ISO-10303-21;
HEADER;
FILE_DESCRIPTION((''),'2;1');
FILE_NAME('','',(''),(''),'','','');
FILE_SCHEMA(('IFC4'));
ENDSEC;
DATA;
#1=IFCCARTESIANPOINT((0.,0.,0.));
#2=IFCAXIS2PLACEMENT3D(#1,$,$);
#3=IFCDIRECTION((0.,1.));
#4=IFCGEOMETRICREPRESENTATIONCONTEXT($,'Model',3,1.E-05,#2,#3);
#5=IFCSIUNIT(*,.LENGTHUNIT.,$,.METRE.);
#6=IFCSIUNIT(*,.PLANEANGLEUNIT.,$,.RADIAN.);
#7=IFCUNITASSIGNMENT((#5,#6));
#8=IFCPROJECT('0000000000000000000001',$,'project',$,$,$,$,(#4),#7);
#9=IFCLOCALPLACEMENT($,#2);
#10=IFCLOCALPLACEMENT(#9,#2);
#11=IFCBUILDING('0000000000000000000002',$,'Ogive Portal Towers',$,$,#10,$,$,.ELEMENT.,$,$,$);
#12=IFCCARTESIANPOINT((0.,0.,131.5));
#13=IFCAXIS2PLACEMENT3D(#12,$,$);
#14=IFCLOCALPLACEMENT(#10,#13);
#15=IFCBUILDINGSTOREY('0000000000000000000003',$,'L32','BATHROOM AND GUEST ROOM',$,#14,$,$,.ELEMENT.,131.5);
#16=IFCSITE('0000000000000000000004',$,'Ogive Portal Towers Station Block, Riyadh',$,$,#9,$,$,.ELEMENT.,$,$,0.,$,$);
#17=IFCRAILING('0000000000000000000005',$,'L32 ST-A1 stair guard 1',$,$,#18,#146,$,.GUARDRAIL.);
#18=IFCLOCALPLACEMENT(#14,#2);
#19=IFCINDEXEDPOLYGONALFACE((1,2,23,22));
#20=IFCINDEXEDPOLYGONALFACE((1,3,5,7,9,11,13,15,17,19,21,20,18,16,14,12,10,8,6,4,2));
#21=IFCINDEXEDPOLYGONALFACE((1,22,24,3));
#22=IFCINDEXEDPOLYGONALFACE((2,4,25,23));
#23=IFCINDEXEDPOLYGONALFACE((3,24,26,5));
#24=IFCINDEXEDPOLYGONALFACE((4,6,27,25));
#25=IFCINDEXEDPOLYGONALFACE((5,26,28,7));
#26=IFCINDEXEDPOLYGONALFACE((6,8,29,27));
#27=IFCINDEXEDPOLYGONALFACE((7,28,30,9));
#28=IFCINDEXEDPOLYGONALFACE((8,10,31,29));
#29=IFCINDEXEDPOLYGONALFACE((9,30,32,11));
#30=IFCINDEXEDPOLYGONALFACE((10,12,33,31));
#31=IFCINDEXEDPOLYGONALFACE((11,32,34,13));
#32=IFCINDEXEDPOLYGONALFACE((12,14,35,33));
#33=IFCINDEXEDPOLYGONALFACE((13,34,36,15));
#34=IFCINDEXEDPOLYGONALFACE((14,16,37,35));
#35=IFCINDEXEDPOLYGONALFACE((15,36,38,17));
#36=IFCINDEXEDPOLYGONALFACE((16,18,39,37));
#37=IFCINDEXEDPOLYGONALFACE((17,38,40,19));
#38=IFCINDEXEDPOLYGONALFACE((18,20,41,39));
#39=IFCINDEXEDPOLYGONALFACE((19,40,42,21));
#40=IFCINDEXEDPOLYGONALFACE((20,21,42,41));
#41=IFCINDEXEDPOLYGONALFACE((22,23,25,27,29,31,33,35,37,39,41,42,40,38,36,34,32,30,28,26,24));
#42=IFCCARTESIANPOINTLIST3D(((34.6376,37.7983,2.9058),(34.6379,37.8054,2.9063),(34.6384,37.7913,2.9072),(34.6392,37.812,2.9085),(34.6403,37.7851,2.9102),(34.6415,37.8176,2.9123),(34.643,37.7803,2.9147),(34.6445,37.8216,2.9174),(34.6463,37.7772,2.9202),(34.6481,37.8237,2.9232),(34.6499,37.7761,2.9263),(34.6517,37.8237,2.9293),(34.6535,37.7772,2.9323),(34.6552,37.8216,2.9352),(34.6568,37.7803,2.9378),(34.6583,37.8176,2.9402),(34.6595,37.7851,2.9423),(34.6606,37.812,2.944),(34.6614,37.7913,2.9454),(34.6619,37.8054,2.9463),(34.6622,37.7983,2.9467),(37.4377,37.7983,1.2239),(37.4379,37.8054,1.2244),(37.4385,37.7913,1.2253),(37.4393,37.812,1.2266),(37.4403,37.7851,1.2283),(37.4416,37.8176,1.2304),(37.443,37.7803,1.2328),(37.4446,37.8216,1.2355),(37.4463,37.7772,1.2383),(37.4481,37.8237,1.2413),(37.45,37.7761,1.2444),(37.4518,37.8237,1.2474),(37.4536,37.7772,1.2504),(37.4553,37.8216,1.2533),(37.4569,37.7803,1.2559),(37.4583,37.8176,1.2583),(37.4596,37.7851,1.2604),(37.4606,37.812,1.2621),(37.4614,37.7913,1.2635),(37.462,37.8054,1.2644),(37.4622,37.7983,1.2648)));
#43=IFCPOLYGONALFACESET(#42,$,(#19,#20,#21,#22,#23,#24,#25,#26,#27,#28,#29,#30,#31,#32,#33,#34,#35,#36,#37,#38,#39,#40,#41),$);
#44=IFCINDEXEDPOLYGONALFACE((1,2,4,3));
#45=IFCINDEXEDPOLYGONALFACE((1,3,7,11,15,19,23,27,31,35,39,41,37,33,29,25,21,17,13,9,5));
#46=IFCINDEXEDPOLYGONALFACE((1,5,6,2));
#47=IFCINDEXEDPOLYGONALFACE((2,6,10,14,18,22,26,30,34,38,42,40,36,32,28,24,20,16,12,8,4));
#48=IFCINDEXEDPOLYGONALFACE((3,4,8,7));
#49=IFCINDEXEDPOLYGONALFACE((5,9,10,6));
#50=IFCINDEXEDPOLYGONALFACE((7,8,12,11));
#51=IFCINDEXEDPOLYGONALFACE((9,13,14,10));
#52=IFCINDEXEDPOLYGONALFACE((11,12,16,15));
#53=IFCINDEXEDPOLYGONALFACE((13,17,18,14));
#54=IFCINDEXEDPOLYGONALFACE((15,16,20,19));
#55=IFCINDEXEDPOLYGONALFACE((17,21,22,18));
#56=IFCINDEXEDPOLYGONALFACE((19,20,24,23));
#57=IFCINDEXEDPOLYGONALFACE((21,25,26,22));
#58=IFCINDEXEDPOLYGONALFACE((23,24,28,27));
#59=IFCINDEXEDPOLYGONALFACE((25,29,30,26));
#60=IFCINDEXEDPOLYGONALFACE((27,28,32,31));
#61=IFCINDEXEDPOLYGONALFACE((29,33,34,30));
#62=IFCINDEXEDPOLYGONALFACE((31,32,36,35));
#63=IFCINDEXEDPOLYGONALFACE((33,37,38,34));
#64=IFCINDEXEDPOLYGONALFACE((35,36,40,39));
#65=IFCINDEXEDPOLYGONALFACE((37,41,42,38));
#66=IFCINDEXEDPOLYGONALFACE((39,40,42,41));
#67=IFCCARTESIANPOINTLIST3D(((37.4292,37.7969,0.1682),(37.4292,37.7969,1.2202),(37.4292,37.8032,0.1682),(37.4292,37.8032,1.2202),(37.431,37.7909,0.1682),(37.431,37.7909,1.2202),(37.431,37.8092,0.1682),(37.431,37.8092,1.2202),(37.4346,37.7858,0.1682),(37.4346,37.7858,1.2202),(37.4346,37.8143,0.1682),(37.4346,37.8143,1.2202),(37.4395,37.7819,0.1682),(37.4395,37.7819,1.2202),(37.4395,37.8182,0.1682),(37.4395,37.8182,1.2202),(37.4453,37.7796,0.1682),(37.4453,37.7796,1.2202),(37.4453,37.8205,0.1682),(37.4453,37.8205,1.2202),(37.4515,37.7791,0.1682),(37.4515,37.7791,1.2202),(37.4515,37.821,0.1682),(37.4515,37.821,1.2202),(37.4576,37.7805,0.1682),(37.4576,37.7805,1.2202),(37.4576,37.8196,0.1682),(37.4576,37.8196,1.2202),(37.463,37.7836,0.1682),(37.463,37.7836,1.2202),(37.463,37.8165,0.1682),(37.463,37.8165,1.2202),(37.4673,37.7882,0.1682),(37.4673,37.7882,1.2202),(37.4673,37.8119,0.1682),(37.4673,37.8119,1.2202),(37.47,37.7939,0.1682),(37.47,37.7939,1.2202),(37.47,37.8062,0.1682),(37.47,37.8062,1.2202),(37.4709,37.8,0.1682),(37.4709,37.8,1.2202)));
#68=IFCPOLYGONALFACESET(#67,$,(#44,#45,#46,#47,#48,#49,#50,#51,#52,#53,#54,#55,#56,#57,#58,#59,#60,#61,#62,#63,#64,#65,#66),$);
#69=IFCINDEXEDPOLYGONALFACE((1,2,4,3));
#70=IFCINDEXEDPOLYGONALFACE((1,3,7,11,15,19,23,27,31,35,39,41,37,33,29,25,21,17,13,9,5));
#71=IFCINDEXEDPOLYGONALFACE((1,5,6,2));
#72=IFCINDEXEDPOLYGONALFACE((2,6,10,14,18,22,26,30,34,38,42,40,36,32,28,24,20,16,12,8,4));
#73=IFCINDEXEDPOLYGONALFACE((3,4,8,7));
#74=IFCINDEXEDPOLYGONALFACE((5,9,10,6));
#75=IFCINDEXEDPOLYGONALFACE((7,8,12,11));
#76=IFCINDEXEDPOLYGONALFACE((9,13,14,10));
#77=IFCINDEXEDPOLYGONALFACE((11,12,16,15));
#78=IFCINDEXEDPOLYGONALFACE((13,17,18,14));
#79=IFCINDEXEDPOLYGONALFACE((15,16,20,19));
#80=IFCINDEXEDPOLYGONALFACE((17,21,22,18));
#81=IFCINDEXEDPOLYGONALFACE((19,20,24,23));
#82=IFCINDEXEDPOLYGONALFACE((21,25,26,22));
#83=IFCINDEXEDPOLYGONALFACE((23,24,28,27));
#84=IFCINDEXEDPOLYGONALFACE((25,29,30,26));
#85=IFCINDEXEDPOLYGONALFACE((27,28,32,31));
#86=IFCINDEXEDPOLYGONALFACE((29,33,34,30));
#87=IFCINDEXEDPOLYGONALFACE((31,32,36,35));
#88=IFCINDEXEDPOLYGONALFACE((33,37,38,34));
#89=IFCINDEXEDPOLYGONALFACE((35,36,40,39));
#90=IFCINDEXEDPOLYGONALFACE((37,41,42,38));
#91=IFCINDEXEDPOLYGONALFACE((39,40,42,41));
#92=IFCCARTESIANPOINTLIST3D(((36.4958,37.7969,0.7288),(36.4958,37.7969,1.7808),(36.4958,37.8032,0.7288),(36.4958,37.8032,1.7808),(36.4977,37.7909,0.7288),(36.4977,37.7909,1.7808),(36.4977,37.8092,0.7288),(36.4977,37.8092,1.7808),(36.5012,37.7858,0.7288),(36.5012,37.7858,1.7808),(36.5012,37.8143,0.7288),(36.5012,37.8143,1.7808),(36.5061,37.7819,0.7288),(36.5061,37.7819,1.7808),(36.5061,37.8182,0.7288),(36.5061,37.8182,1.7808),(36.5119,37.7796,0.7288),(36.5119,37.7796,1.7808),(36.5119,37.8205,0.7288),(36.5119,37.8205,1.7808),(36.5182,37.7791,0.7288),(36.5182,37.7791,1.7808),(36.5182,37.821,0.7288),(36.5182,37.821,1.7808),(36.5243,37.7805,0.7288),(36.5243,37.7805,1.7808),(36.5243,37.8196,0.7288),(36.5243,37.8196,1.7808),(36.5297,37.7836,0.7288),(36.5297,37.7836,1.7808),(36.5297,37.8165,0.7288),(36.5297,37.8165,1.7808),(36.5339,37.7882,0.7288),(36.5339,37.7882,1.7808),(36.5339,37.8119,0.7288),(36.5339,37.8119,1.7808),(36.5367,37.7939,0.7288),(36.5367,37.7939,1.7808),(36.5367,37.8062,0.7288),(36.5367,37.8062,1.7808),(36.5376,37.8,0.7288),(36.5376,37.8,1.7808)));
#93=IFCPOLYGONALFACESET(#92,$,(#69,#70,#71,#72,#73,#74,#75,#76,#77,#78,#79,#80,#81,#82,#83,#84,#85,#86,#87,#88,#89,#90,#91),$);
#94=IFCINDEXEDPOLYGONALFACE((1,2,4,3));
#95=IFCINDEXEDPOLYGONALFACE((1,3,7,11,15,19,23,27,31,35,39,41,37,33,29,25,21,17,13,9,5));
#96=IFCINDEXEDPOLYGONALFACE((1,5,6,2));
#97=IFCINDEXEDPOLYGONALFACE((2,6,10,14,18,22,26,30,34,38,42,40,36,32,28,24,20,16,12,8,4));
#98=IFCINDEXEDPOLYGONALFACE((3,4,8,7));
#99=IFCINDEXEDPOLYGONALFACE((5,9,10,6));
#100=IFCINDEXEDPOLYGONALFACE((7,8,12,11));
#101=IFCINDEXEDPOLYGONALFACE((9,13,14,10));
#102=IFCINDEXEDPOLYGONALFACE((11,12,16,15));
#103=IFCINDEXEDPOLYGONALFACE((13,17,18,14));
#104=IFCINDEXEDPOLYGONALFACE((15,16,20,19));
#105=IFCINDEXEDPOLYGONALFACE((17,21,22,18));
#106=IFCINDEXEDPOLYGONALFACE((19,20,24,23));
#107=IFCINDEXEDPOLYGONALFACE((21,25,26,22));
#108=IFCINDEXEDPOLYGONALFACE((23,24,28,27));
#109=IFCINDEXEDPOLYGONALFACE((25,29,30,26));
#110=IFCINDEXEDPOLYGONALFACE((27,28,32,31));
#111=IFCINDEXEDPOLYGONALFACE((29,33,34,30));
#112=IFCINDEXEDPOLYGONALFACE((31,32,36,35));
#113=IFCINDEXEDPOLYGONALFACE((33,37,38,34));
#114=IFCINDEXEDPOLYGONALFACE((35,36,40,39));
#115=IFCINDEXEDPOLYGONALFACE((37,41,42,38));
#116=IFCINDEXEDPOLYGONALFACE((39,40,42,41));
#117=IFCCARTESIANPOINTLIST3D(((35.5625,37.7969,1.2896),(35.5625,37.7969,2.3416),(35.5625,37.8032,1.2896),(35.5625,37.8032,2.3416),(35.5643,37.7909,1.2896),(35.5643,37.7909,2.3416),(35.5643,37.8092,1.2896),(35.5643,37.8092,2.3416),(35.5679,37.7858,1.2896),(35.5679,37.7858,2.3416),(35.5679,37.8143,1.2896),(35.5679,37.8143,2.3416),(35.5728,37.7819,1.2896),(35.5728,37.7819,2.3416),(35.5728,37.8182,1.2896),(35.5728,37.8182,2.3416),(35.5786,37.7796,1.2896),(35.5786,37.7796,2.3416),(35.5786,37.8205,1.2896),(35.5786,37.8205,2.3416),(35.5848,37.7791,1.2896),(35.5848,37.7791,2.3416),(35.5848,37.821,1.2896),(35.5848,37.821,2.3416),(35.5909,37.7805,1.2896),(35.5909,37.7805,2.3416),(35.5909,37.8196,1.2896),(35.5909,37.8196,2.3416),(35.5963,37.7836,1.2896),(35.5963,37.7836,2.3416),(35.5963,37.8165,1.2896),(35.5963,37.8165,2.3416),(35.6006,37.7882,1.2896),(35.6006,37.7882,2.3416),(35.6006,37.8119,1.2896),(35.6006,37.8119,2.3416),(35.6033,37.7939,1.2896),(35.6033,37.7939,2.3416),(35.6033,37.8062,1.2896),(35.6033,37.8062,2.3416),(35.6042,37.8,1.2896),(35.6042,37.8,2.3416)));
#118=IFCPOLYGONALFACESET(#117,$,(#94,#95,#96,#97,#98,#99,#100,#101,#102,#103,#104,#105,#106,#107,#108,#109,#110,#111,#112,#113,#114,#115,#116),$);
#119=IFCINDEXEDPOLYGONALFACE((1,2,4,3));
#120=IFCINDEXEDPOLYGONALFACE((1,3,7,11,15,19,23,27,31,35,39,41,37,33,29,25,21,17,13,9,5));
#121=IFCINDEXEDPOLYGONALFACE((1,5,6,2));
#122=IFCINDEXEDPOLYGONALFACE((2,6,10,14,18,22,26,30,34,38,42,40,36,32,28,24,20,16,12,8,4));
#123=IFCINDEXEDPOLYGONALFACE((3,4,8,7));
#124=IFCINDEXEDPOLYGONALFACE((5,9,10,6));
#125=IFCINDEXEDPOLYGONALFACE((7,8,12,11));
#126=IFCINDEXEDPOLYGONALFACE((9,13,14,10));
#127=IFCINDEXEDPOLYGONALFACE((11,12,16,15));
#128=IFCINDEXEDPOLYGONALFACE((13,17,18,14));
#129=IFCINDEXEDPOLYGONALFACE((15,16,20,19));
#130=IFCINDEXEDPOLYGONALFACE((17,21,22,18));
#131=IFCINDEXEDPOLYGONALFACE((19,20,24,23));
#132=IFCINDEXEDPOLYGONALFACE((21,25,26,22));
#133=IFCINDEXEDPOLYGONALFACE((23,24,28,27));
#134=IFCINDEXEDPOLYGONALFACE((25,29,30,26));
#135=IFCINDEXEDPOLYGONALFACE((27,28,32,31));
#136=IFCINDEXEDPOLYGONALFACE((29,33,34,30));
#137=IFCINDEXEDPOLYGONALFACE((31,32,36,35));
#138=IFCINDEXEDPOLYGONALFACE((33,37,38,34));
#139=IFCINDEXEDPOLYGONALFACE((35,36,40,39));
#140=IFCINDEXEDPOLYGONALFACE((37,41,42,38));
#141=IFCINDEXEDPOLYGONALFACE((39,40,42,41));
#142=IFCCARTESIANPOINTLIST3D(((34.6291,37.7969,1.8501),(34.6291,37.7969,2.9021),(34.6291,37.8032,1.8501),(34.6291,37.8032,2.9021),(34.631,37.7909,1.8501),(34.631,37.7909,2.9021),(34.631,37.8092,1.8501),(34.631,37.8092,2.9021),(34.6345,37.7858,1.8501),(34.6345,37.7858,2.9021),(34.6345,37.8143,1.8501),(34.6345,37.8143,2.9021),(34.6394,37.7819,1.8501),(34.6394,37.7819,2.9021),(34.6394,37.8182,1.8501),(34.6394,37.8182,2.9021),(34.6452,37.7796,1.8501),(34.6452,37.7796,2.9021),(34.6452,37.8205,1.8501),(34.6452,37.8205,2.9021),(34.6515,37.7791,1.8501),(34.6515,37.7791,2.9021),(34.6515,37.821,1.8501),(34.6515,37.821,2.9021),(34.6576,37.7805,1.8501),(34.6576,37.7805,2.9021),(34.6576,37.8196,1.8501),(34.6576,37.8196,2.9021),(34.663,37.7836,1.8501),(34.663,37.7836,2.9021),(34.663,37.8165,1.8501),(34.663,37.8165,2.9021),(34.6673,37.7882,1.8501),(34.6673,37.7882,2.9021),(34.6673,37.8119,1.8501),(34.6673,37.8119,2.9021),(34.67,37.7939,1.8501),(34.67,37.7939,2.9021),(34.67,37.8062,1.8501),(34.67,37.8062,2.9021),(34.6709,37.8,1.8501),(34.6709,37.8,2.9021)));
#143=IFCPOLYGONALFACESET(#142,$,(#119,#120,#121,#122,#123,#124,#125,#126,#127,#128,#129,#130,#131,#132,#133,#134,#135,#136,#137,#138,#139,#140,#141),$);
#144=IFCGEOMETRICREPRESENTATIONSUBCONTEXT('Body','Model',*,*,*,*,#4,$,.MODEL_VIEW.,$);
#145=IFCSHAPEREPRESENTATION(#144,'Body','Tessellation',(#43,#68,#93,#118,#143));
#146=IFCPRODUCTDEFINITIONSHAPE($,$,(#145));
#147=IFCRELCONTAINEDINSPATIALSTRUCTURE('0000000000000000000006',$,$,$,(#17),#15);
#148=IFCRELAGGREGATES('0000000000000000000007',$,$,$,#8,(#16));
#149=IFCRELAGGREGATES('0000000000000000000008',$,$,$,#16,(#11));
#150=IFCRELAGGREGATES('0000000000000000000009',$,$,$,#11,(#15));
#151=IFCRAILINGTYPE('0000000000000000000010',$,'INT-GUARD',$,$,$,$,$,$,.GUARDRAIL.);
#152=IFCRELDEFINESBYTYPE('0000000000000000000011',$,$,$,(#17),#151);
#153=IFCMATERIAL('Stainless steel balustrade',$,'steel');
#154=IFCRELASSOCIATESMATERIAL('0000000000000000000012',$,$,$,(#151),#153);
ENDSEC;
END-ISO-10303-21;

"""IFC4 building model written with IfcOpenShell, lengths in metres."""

from ifc_helpers import new_model, si_unit, direction, frame, origin, origin_2d, place, context, subcontext, project, spatial, circle, extrude, material, type_object, element, save


model = new_model("IFC4")

# Units and contexts
model_context = context("Model", 3, precision=1e-05, world=origin(), true_north=direction((0.0, 1.0)))
body_context = subcontext(model_context, "Body", "Model", "MODEL_VIEW")
ifc_project = project(units=[si_unit("LENGTHUNIT", "METRE"), si_unit("PLANEANGLEUNIT", "RADIAN")], contexts=[model_context])

# Site, building, storey
site_placement = place(None, origin())
site = spatial("IfcSite", under=ifc_project, at=site_placement, Name="Ogive Portal Towers Station Block, Riyadh", CompositionType="ELEMENT", RefElevation=0.0)
building_placement = place(site_placement, origin())
building = spatial("IfcBuilding", under=site, at=building_placement, Name="Ogive Portal Towers", CompositionType="ELEMENT")
storey_placement = place(building_placement, frame((0.0, 0.0, 131.5)))
storey = spatial("IfcBuildingStorey", under=building, at=storey_placement, Name="L32", Description="BATHROOM AND GUEST ROOM", CompositionType="ELEMENT", Elevation=131.5)

# Railing
ifc_material_1 = material(Name="Stainless steel balustrade", Category="steel")
railing_type_1 = type_object("IfcRailingType", Name="INT-GUARD", PredefinedType="GUARDRAIL", material=ifc_material_1)
railing_1_placement = place(storey_placement, frame((37.45, 37.8, 0.1682)))
element("IfcRailing", 1, at=railing_1_placement, inside=storey, type_object=railing_type_1, Name="L32 ST-A1 stair guard 1", PredefinedType="GUARDRAIL", context=body_context, shape_type="SweptSolid", body=[
    extrude(circle(Radius=0.0239, at=origin_2d()), frame((0.0, 0.0, 1.0762), z_axis=(-0.857242, 0.0, 0.514913), x_axis=(0.0, -1.0, 0.0)), (0.0, 0.0, 1.0), 3.2664),
    extrude(circle(Radius=0.021, at=origin_2d()), origin(), (0.0, 0.0, 1.0), 1.052),
    extrude(circle(Radius=0.021, at=origin_2d()), frame((-0.9333, 0.0, 0.5605)), (0.0, 0.0, 1.0), 1.052),
    extrude(circle(Radius=0.021, at=origin_2d()), frame((-1.8667, 0.0, 1.1213)), (0.0, 0.0, 1.0), 1.052),
    extrude(circle(Radius=0.021, at=origin_2d()), frame((-2.8, 0.0, 1.6819)), (0.0, 0.0, 1.0), 1.052),
])

save(model, "model.ifc")
